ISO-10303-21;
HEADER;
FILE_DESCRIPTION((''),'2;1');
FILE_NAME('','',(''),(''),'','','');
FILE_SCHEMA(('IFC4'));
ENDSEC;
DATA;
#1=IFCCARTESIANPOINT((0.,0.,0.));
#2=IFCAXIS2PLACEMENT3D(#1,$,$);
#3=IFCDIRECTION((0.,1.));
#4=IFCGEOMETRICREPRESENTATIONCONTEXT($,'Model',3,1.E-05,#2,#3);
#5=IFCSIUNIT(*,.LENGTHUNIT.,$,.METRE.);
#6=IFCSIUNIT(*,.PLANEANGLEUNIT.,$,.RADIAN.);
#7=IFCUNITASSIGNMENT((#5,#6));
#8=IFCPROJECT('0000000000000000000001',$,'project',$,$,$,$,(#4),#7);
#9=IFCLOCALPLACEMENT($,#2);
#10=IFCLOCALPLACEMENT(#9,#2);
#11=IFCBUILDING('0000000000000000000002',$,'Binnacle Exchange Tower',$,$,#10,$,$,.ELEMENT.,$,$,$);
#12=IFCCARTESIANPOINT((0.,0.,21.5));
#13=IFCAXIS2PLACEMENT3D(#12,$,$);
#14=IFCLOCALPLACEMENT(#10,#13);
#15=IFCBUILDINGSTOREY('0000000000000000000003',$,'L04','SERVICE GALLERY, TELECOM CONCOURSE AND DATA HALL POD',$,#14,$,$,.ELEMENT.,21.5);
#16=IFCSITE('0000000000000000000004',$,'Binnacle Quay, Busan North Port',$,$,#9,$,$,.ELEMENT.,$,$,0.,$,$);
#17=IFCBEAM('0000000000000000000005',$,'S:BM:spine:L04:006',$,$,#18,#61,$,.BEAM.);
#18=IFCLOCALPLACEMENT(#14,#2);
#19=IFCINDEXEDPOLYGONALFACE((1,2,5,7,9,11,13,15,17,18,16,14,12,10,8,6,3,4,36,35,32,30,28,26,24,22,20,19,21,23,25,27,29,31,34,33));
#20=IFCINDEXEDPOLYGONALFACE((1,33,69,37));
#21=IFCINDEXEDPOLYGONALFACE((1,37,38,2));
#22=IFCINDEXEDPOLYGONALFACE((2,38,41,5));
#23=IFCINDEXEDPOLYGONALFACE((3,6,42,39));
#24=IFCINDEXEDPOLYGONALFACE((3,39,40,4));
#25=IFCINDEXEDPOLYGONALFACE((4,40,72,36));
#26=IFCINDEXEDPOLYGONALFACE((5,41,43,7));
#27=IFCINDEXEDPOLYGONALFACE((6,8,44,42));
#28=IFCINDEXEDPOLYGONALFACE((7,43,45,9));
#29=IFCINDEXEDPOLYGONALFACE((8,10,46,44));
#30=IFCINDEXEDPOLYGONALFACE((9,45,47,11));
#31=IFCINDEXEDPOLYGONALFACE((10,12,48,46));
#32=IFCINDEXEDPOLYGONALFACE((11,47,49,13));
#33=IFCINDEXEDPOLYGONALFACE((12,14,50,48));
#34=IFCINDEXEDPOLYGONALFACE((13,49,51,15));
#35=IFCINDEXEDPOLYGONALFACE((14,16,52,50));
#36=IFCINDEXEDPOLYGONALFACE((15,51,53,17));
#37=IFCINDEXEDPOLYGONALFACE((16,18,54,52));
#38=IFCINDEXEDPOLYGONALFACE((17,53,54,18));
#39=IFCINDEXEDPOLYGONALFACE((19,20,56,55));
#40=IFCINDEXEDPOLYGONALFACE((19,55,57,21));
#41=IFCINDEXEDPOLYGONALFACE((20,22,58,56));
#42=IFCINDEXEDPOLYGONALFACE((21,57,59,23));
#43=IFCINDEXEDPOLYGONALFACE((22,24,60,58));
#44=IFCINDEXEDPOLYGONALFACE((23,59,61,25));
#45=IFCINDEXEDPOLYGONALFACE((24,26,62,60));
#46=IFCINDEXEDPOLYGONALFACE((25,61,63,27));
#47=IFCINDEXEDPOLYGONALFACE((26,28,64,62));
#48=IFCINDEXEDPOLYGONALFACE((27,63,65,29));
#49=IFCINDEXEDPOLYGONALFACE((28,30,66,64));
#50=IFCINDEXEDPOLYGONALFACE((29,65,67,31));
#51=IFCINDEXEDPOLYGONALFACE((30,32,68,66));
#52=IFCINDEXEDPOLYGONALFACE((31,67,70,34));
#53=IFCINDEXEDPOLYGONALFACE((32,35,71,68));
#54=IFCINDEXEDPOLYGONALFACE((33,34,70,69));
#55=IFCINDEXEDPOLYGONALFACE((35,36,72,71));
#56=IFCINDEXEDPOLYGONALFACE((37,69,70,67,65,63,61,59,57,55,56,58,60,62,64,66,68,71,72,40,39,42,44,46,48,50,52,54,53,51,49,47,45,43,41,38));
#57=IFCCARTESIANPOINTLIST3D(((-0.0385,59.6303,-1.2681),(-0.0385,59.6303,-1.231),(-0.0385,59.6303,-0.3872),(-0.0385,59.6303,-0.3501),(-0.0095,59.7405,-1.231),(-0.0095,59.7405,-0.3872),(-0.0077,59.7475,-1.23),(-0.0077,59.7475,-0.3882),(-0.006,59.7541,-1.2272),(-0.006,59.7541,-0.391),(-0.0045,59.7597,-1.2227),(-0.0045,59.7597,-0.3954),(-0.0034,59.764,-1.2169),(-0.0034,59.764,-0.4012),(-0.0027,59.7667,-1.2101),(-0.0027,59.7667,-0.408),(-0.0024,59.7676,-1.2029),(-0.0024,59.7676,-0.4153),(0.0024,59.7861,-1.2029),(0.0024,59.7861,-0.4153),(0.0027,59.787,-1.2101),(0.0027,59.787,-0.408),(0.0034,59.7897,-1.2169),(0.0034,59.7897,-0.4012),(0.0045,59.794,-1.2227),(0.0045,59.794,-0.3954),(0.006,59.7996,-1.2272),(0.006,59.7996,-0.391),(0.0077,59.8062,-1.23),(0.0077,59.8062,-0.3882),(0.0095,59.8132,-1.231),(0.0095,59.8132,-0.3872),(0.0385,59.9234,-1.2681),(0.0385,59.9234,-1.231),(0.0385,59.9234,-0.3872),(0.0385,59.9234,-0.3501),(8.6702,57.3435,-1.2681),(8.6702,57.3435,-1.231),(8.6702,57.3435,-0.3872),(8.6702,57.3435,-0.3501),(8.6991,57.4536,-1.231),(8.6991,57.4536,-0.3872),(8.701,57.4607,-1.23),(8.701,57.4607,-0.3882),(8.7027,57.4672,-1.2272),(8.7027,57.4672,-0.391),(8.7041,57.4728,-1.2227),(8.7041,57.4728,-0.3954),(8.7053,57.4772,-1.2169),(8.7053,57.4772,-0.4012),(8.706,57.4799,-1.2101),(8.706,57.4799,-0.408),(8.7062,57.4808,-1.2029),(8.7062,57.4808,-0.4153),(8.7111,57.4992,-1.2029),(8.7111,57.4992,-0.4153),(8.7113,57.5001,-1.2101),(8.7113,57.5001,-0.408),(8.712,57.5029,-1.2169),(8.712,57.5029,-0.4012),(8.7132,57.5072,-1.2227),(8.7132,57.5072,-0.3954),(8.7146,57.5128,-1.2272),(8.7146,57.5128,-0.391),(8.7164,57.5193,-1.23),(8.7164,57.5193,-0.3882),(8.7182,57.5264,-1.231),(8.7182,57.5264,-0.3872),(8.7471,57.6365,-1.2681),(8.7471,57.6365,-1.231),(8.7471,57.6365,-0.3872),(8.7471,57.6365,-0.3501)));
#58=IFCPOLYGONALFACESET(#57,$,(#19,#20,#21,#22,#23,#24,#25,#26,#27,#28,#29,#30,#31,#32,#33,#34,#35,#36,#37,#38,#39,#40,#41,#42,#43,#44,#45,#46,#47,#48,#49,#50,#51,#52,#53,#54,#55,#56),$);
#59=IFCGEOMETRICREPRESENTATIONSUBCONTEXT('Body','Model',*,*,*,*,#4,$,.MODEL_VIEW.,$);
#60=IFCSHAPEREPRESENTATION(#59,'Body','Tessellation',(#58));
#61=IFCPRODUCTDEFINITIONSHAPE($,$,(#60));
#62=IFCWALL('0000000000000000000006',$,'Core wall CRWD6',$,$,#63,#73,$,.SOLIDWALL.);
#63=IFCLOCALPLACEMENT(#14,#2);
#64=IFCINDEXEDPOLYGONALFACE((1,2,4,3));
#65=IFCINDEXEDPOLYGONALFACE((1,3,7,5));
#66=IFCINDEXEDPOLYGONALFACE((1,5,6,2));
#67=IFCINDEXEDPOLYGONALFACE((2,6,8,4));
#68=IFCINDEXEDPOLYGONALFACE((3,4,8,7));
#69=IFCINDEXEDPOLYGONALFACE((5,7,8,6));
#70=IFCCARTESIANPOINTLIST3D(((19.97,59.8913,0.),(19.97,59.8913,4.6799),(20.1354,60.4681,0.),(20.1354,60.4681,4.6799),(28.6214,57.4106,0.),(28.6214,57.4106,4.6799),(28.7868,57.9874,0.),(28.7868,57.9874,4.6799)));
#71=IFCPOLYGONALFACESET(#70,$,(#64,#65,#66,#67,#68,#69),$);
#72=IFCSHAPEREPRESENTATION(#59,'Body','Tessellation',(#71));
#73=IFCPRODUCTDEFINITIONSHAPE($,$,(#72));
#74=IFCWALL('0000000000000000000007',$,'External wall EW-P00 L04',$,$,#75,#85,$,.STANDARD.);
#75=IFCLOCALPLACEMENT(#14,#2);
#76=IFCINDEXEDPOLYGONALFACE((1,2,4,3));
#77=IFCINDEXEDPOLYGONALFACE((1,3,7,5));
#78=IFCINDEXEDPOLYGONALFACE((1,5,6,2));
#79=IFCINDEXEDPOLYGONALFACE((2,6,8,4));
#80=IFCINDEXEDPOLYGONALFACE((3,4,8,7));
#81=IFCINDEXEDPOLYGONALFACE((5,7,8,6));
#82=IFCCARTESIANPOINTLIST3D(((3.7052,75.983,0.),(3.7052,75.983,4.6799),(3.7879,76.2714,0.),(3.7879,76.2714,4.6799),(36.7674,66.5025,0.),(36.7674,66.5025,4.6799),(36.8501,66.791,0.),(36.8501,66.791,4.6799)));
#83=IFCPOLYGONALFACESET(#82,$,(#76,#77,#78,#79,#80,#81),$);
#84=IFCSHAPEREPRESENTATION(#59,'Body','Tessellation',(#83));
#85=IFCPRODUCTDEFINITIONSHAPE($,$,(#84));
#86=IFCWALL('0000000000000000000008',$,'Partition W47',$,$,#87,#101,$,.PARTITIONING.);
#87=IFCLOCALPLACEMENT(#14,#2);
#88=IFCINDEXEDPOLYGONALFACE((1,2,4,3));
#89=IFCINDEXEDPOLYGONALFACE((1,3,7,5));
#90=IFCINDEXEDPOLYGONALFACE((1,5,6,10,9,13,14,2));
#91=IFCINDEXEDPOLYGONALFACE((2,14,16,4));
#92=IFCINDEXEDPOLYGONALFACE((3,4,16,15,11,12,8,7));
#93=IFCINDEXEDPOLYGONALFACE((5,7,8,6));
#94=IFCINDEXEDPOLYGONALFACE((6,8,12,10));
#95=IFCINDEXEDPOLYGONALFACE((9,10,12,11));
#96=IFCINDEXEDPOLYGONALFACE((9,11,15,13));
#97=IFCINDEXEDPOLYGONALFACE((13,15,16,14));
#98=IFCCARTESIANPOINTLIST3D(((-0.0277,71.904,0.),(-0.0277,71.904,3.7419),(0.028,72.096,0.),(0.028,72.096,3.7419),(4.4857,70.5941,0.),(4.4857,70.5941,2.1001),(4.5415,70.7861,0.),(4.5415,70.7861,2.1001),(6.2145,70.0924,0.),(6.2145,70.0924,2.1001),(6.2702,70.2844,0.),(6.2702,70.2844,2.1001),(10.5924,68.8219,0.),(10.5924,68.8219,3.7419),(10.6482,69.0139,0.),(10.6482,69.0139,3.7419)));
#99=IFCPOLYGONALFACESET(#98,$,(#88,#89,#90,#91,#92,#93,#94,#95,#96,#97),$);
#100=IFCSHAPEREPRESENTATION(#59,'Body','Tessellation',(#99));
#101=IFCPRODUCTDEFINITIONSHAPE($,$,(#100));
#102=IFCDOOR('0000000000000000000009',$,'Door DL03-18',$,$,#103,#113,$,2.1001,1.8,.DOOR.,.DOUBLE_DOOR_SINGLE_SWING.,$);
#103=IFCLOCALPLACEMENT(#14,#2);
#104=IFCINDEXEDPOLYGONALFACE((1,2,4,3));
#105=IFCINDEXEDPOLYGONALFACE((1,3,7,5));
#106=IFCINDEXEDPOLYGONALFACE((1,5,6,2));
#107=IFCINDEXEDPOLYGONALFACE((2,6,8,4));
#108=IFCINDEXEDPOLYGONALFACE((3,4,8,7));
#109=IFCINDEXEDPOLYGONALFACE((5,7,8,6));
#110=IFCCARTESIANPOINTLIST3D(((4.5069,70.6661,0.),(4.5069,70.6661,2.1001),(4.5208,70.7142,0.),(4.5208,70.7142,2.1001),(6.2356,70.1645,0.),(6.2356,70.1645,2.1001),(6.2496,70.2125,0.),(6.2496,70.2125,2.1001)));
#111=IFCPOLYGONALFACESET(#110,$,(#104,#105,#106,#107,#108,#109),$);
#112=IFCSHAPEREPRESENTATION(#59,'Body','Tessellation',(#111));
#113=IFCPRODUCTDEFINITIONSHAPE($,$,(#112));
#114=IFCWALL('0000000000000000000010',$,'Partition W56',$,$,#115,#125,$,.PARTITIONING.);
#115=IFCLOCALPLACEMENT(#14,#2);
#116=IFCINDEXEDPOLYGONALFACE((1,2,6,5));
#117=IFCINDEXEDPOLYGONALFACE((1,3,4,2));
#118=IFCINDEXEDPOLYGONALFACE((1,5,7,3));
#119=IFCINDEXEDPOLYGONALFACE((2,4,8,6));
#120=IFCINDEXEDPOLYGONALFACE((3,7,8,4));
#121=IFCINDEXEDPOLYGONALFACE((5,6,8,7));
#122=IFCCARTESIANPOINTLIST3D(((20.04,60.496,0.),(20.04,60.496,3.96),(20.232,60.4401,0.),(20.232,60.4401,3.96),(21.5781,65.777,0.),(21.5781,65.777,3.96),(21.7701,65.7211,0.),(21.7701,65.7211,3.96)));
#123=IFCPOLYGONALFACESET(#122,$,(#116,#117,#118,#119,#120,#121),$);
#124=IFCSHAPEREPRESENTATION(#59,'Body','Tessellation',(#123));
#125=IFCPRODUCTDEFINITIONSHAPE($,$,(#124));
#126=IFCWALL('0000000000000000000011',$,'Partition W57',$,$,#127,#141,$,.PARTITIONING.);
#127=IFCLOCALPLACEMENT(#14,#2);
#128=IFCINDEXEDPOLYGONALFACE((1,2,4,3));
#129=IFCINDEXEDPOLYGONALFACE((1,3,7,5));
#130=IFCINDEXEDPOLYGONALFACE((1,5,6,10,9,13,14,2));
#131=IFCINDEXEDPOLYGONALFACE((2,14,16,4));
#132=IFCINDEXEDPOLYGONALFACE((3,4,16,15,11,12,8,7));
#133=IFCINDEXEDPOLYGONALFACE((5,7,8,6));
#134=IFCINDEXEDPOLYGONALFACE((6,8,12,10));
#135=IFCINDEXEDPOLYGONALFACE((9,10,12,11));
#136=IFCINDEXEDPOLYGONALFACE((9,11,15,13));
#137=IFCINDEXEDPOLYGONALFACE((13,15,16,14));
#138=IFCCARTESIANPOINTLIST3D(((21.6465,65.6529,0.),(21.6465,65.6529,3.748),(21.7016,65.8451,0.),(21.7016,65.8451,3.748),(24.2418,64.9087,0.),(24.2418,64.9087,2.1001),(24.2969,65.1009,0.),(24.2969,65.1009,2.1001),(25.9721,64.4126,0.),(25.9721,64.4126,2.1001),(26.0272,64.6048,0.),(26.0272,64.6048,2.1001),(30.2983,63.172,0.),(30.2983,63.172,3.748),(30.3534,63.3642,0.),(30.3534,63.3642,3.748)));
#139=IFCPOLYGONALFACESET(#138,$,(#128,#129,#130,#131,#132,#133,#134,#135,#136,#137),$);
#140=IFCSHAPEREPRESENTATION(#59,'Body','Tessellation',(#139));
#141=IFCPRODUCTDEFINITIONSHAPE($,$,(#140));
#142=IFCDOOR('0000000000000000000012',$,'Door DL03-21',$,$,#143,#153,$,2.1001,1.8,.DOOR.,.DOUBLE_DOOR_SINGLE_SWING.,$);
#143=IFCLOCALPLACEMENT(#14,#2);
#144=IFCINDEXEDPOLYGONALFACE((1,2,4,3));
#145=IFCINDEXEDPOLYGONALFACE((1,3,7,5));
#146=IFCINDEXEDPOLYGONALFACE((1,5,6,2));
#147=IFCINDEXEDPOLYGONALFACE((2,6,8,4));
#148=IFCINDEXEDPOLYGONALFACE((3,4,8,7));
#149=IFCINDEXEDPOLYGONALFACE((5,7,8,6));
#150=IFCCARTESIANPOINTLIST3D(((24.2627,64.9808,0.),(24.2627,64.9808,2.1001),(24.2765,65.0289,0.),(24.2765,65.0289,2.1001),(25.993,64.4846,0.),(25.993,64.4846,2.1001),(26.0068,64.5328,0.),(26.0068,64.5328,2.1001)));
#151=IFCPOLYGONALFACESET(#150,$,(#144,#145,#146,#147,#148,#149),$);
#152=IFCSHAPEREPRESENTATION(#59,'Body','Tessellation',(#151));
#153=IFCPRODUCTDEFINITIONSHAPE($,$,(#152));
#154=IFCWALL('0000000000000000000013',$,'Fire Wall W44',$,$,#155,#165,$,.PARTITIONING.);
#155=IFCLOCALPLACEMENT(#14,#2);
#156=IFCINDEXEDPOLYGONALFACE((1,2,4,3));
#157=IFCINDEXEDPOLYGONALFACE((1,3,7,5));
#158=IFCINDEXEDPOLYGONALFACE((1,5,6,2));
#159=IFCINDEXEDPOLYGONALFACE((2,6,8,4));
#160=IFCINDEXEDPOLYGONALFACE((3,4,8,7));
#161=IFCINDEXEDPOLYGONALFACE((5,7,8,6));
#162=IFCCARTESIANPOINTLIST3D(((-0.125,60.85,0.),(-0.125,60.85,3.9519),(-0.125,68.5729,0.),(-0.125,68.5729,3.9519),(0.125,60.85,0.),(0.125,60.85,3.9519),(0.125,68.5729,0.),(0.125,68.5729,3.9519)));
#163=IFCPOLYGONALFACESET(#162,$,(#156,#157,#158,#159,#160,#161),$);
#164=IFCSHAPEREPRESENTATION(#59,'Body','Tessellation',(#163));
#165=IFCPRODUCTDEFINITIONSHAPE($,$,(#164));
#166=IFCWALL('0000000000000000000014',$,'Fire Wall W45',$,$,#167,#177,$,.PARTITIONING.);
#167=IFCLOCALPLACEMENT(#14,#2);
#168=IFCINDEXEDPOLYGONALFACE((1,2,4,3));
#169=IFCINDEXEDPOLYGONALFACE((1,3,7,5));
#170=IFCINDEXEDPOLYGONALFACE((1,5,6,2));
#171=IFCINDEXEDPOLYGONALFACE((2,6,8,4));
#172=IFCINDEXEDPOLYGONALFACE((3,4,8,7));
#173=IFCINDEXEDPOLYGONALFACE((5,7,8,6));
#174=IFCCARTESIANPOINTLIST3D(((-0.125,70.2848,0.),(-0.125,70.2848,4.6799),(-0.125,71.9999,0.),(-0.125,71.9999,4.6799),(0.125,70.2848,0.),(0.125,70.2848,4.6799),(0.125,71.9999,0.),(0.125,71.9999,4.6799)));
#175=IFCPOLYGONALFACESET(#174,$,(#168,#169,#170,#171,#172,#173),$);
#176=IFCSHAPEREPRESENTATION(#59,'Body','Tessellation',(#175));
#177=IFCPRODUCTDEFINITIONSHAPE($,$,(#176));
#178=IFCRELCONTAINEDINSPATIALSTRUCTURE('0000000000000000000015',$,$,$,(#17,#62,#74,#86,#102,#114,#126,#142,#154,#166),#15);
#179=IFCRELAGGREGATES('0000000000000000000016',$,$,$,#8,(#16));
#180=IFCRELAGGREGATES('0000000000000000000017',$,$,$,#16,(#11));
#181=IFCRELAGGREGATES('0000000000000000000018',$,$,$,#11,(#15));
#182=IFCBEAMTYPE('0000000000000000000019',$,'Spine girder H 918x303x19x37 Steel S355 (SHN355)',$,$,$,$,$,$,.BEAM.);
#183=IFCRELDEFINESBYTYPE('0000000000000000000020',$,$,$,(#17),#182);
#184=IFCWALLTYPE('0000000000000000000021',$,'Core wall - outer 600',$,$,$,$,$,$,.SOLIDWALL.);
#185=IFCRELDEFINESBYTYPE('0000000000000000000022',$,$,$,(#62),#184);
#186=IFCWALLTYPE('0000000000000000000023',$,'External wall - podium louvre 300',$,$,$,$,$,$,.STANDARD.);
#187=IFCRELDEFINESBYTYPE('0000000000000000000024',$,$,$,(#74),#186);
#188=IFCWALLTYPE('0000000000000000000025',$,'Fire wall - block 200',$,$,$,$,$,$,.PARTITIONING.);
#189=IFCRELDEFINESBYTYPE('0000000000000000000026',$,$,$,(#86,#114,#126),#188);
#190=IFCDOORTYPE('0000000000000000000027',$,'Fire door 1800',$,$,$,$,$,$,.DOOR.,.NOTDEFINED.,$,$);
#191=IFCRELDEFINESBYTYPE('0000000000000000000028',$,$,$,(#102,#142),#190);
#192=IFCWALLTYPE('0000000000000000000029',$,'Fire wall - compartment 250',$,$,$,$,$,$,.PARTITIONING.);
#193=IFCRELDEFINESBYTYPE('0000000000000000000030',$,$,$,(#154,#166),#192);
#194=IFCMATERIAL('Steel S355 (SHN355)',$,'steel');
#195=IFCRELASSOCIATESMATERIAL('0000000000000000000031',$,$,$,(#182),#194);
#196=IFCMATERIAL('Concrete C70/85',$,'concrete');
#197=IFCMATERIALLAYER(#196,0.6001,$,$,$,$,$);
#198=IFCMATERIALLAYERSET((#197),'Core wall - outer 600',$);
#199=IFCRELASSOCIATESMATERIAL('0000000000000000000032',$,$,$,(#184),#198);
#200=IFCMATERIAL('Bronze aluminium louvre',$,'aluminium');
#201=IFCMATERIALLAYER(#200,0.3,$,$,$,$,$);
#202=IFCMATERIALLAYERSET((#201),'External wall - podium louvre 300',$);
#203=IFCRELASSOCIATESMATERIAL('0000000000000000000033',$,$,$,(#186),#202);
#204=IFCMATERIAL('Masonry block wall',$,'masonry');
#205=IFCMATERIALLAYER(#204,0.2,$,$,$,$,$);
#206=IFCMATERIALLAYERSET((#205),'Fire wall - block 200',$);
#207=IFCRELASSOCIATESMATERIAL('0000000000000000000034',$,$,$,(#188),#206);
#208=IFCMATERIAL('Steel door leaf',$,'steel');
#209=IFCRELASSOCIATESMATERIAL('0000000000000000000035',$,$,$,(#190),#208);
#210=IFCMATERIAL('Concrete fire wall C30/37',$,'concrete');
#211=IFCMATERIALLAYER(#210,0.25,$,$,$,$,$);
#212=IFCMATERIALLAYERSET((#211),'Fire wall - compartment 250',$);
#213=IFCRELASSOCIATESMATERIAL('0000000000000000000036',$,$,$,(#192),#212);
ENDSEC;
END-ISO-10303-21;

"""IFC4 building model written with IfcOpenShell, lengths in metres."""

from ifc_helpers import new_model, si_unit, direction, frame, frame_2d, origin, origin_2d, place, context, subcontext, project, spatial, rectangle, i_section, extrude, material, layer, layer_set, material_profile, profile_set, type_object, element, fill, save


model = new_model("IFC4")

# Units and contexts
model_context = context("Model", 3, precision=1e-05, world=origin(), true_north=direction((0.0, 1.0)))
body_context = subcontext(model_context, "Body", "Model", "MODEL_VIEW")
ifc_project = project(units=[si_unit("LENGTHUNIT", "METRE"), si_unit("PLANEANGLEUNIT", "RADIAN")], contexts=[model_context])

# Site, building, storey
site_placement = place(None, origin())
site = spatial("IfcSite", under=ifc_project, at=site_placement, Name="Binnacle Quay, Busan North Port", CompositionType="ELEMENT", RefElevation=0.0)
building_placement = place(site_placement, origin())
building = spatial("IfcBuilding", under=site, at=building_placement, Name="Binnacle Exchange Tower", CompositionType="ELEMENT")
storey_placement = place(building_placement, frame((0.0, 0.0, 21.5)))
storey = spatial("IfcBuildingStorey", under=building, at=storey_placement, Name="L04", Description="SERVICE GALLERY, TELECOM CONCOURSE AND DATA HALL POD", CompositionType="ELEMENT", Elevation=21.5)

# Shared definitions
ifc_material_1 = material(Name="Concrete C70/85", Category="concrete")

# Beam
ifc_material_2 = material(Name="Steel S355 (SHN355)", Category="steel")
ifc_material_profile_1 = material_profile(ifc_material_2, i_section(OverallWidth=0.303, OverallDepth=0.918, WebThickness=0.019, FlangeThickness=0.0371, FilletRadius=0.0281, at=origin_2d()), Name="H 918x303x19x37")
ifc_profile_set_1 = profile_set([ifc_material_profile_1], Name="Steel S355 (SHN355)")
beam_type_1 = type_object("IfcBeamType", Name="Spine girder H 918x303x19x37 Steel S355 (SHN355)", PredefinedType="BEAM", material=ifc_profile_set_1)
beam_1_placement = place(storey_placement, frame((0.0, 59.7769, -0.8091), z_axis=(0.967209, -0.253983, 0.0), x_axis=(0.253983, 0.967209, 0.0)))
element("IfcBeam", 1, at=beam_1_placement, inside=storey, type_object=beam_type_1, Name="S:BM:spine:L04:006", PredefinedType="BEAM", context=body_context, shape_type="SweptSolid", body=[
    extrude(i_section(OverallWidth=0.303, OverallDepth=0.918, WebThickness=0.019, FlangeThickness=0.0371, FilletRadius=0.0281, at=origin_2d()), origin(), (0.0, 0.0, 1.0), 9.0039),
])

# Walls
ifc_layer_1 = layer(ifc_material_1, 0.6001)
ifc_layer_set_1 = layer_set([ifc_layer_1], Name="Core wall - outer 600")
wall_type_1 = type_object("IfcWallType", Name="Core wall - outer 600", PredefinedType="SOLIDWALL", material=ifc_layer_set_1)
wall_1_placement = place(storey_placement, frame((20.0527, 60.1797, 0.0), z_axis=(0.0, 0.0, 1.0), x_axis=(0.961262, -0.275635, 0.0)))
element("IfcWall", 2, at=wall_1_placement, inside=storey, type_object=wall_type_1, Name="Core wall CRWD6", PredefinedType="SOLIDWALL", context=body_context, shape_type="SweptSolid", body=[
    extrude(rectangle(XDim=9.0, YDim=0.6001, at=frame_2d((4.5, 0.0))), origin(), (0.0, 0.0, 1.0), 4.6799),
])
ifc_material_3 = material(Name="Bronze aluminium louvre", Category="aluminium")
ifc_layer_2 = layer(ifc_material_3, 0.3)
ifc_layer_set_2 = layer_set([ifc_layer_2], Name="External wall - podium louvre 300")
wall_type_2 = type_object("IfcWallType", Name="External wall - podium louvre 300", PredefinedType="STANDARD", material=ifc_layer_set_2)
wall_2_placement = place(storey_placement, frame((3.7466, 76.1272, 0.0), z_axis=(0.0, 0.0, 1.0), x_axis=(0.961262, -0.275638, 0.0)))
element("IfcWall", 3, at=wall_2_placement, inside=storey, type_object=wall_type_2, Name="External wall EW-P00 L04", PredefinedType="STANDARD", context=body_context, shape_type="SweptSolid", body=[
    extrude(rectangle(XDim=34.3945, YDim=0.3, at=frame_2d((17.1973, 0.0))), origin(), (0.0, 0.0, 1.0), 4.6799),
])

# Wall, opening, door
ifc_material_4 = material(Name="Masonry block wall", Category="masonry")
ifc_layer_3 = layer(ifc_material_4, 0.2)
ifc_layer_set_3 = layer_set([ifc_layer_3], Name="Fire wall - block 200")
wall_type_3 = type_object("IfcWallType", Name="Fire wall - block 200", PredefinedType="PARTITIONING", material=ifc_layer_set_3)
wall_3_placement = place(storey_placement, frame((0.0, 72.0, 0.0), z_axis=(0.0, 0.0, 1.0), x_axis=(0.960376, -0.278708, 0.0)))
wall_3 = element("IfcWall", 4, at=wall_3_placement, inside=storey, type_object=wall_type_3, Name="Partition W47", PredefinedType="PARTITIONING", context=body_context, shape_type="SweptSolid", body=[
    extrude(rectangle(XDim=11.0583, YDim=0.2, at=frame_2d((5.5293, 0.0))), origin(), (0.0, 0.0, 1.0), 3.7419),
])
opening_1_placement = place(wall_3_placement, frame((4.7, 0.0, 0.0)))
opening_1 = element("IfcOpeningElement", 5, at=opening_1_placement, cuts=wall_3, PredefinedType="OPENING", context=body_context, shape_type="SweptSolid", body=[
    extrude(rectangle(XDim=1.8, YDim=2.1001, at=frame_2d((0.8999, 1.05))), frame((0.0, 0.1099, 0.0), z_axis=(0.0, -1.0, 0.0), x_axis=(1.0, 0.0, 0.0)), (0.0, 0.0, 1.0), 0.22),
])
ifc_material_5 = material(Name="Steel door leaf", Category="steel")
door_type_1 = type_object("IfcDoorType", Name="Fire door 1800", OperationType="NOTDEFINED", PredefinedType="DOOR", material=ifc_material_5)
door_1_placement = place(opening_1_placement, frame((1.8, 0.0, 0.0), z_axis=(0.0, 0.0, 1.0), x_axis=(-1.0, 0.0, 0.0)))
door_1 = element("IfcDoor", 6, at=door_1_placement, inside=storey, type_object=door_type_1, Name="Door DL03-18", OperationType="DOUBLE_DOOR_SINGLE_SWING", OverallHeight=2.1001, OverallWidth=1.8, PredefinedType="DOOR", context=body_context, shape_type="SweptSolid", body=[
    extrude(rectangle(XDim=1.8, YDim=2.1001, at=frame_2d((0.8999, 1.05))), frame((0.0, 0.0249, 0.0), z_axis=(0.0, -1.0, 0.0), x_axis=(1.0, 0.0, 0.0)), (0.0, 0.0, 1.0), 0.05),
])
fill(opening_1, door_1)

# Wall
wall_4_placement = place(storey_placement, frame((20.136, 60.468, 0.0), z_axis=(0.0, 0.0, 1.0), x_axis=(0.27963, 0.960108, 0.0)))
element("IfcWall", 7, at=wall_4_placement, inside=storey, type_object=wall_type_3, Name="Partition W56", PredefinedType="PARTITIONING", context=body_context, shape_type="SweptSolid", body=[
    extrude(rectangle(XDim=5.5005, YDim=0.2, at=frame_2d((2.7502, 0.0))), origin(), (0.0, 0.0, 1.0), 3.96),
])

# Wall, opening, door
wall_5_placement = place(storey_placement, frame((21.6741, 65.749, 0.0), z_axis=(0.0, 0.0, 1.0), x_axis=(0.961259, -0.275645, 0.0)))
wall_5 = element("IfcWall", 8, at=wall_5_placement, inside=storey, type_object=wall_type_3, Name="Partition W57", PredefinedType="PARTITIONING", context=body_context, shape_type="SweptSolid", body=[
    extrude(rectangle(XDim=9.0005, YDim=0.2, at=frame_2d((4.5002, 0.0))), origin(), (0.0, 0.0, 1.0), 3.748),
])
opening_2_placement = place(wall_5_placement, frame((2.7, 0.0, 0.0)))
opening_2 = element("IfcOpeningElement", 9, at=opening_2_placement, cuts=wall_5, PredefinedType="OPENING", context=body_context, shape_type="SweptSolid", body=[
    extrude(rectangle(XDim=1.8, YDim=2.1001, at=frame_2d((0.8999, 1.05))), frame((0.0, 0.1099, 0.0), z_axis=(0.0, -1.0, 0.0), x_axis=(1.0, 0.0, 0.0)), (0.0, 0.0, 1.0), 0.22),
])
door_2_placement = place(opening_2_placement, frame((1.8, 0.0, 0.0), z_axis=(0.0, 0.0, 1.0), x_axis=(-1.0, 0.0, 0.0)))
door_2 = element("IfcDoor", 10, at=door_2_placement, inside=storey, type_object=door_type_1, Name="Door DL03-21", OperationType="DOUBLE_DOOR_SINGLE_SWING", OverallHeight=2.1001, OverallWidth=1.8, PredefinedType="DOOR", context=body_context, shape_type="SweptSolid", body=[
    extrude(rectangle(XDim=1.8, YDim=2.1001, at=frame_2d((0.8999, 1.05))), frame((0.0, 0.0249, 0.0), z_axis=(0.0, -1.0, 0.0), x_axis=(1.0, 0.0, 0.0)), (0.0, 0.0, 1.0), 0.05),
])
fill(opening_2, door_2)

# Walls
ifc_material_6 = material(Name="Concrete fire wall C30/37", Category="concrete")
ifc_layer_4 = layer(ifc_material_6, 0.25)
ifc_layer_set_4 = layer_set([ifc_layer_4], Name="Fire wall - compartment 250")
wall_type_4 = type_object("IfcWallType", Name="Fire wall - compartment 250", PredefinedType="PARTITIONING", material=ifc_layer_set_4)
wall_6_placement = place(storey_placement, frame((0.0, 60.8501, 0.0), z_axis=(0.0, 0.0, 1.0), x_axis=(0.0, 1.0, 0.0)))
element("IfcWall", 11, at=wall_6_placement, inside=storey, type_object=wall_type_4, Name="Fire Wall W44", PredefinedType="PARTITIONING", context=body_context, shape_type="SweptSolid", body=[
    extrude(rectangle(XDim=7.7229, YDim=0.25, at=frame_2d((3.8613, 0.0))), origin(), (0.0, 0.0, 1.0), 3.9519),
])
wall_7_placement = place(storey_placement, frame((0.0, 70.2849, 0.0), z_axis=(0.0, 0.0, 1.0), x_axis=(0.0, 1.0, 0.0)))
element("IfcWall", 12, at=wall_7_placement, inside=storey, type_object=wall_type_4, Name="Fire Wall W45", PredefinedType="PARTITIONING", context=body_context, shape_type="SweptSolid", body=[
    extrude(rectangle(XDim=1.7151, YDim=0.25, at=frame_2d((0.8574, 0.0))), origin(), (0.0, 0.0, 1.0), 4.6799),
])

save(model, "model.ifc")
